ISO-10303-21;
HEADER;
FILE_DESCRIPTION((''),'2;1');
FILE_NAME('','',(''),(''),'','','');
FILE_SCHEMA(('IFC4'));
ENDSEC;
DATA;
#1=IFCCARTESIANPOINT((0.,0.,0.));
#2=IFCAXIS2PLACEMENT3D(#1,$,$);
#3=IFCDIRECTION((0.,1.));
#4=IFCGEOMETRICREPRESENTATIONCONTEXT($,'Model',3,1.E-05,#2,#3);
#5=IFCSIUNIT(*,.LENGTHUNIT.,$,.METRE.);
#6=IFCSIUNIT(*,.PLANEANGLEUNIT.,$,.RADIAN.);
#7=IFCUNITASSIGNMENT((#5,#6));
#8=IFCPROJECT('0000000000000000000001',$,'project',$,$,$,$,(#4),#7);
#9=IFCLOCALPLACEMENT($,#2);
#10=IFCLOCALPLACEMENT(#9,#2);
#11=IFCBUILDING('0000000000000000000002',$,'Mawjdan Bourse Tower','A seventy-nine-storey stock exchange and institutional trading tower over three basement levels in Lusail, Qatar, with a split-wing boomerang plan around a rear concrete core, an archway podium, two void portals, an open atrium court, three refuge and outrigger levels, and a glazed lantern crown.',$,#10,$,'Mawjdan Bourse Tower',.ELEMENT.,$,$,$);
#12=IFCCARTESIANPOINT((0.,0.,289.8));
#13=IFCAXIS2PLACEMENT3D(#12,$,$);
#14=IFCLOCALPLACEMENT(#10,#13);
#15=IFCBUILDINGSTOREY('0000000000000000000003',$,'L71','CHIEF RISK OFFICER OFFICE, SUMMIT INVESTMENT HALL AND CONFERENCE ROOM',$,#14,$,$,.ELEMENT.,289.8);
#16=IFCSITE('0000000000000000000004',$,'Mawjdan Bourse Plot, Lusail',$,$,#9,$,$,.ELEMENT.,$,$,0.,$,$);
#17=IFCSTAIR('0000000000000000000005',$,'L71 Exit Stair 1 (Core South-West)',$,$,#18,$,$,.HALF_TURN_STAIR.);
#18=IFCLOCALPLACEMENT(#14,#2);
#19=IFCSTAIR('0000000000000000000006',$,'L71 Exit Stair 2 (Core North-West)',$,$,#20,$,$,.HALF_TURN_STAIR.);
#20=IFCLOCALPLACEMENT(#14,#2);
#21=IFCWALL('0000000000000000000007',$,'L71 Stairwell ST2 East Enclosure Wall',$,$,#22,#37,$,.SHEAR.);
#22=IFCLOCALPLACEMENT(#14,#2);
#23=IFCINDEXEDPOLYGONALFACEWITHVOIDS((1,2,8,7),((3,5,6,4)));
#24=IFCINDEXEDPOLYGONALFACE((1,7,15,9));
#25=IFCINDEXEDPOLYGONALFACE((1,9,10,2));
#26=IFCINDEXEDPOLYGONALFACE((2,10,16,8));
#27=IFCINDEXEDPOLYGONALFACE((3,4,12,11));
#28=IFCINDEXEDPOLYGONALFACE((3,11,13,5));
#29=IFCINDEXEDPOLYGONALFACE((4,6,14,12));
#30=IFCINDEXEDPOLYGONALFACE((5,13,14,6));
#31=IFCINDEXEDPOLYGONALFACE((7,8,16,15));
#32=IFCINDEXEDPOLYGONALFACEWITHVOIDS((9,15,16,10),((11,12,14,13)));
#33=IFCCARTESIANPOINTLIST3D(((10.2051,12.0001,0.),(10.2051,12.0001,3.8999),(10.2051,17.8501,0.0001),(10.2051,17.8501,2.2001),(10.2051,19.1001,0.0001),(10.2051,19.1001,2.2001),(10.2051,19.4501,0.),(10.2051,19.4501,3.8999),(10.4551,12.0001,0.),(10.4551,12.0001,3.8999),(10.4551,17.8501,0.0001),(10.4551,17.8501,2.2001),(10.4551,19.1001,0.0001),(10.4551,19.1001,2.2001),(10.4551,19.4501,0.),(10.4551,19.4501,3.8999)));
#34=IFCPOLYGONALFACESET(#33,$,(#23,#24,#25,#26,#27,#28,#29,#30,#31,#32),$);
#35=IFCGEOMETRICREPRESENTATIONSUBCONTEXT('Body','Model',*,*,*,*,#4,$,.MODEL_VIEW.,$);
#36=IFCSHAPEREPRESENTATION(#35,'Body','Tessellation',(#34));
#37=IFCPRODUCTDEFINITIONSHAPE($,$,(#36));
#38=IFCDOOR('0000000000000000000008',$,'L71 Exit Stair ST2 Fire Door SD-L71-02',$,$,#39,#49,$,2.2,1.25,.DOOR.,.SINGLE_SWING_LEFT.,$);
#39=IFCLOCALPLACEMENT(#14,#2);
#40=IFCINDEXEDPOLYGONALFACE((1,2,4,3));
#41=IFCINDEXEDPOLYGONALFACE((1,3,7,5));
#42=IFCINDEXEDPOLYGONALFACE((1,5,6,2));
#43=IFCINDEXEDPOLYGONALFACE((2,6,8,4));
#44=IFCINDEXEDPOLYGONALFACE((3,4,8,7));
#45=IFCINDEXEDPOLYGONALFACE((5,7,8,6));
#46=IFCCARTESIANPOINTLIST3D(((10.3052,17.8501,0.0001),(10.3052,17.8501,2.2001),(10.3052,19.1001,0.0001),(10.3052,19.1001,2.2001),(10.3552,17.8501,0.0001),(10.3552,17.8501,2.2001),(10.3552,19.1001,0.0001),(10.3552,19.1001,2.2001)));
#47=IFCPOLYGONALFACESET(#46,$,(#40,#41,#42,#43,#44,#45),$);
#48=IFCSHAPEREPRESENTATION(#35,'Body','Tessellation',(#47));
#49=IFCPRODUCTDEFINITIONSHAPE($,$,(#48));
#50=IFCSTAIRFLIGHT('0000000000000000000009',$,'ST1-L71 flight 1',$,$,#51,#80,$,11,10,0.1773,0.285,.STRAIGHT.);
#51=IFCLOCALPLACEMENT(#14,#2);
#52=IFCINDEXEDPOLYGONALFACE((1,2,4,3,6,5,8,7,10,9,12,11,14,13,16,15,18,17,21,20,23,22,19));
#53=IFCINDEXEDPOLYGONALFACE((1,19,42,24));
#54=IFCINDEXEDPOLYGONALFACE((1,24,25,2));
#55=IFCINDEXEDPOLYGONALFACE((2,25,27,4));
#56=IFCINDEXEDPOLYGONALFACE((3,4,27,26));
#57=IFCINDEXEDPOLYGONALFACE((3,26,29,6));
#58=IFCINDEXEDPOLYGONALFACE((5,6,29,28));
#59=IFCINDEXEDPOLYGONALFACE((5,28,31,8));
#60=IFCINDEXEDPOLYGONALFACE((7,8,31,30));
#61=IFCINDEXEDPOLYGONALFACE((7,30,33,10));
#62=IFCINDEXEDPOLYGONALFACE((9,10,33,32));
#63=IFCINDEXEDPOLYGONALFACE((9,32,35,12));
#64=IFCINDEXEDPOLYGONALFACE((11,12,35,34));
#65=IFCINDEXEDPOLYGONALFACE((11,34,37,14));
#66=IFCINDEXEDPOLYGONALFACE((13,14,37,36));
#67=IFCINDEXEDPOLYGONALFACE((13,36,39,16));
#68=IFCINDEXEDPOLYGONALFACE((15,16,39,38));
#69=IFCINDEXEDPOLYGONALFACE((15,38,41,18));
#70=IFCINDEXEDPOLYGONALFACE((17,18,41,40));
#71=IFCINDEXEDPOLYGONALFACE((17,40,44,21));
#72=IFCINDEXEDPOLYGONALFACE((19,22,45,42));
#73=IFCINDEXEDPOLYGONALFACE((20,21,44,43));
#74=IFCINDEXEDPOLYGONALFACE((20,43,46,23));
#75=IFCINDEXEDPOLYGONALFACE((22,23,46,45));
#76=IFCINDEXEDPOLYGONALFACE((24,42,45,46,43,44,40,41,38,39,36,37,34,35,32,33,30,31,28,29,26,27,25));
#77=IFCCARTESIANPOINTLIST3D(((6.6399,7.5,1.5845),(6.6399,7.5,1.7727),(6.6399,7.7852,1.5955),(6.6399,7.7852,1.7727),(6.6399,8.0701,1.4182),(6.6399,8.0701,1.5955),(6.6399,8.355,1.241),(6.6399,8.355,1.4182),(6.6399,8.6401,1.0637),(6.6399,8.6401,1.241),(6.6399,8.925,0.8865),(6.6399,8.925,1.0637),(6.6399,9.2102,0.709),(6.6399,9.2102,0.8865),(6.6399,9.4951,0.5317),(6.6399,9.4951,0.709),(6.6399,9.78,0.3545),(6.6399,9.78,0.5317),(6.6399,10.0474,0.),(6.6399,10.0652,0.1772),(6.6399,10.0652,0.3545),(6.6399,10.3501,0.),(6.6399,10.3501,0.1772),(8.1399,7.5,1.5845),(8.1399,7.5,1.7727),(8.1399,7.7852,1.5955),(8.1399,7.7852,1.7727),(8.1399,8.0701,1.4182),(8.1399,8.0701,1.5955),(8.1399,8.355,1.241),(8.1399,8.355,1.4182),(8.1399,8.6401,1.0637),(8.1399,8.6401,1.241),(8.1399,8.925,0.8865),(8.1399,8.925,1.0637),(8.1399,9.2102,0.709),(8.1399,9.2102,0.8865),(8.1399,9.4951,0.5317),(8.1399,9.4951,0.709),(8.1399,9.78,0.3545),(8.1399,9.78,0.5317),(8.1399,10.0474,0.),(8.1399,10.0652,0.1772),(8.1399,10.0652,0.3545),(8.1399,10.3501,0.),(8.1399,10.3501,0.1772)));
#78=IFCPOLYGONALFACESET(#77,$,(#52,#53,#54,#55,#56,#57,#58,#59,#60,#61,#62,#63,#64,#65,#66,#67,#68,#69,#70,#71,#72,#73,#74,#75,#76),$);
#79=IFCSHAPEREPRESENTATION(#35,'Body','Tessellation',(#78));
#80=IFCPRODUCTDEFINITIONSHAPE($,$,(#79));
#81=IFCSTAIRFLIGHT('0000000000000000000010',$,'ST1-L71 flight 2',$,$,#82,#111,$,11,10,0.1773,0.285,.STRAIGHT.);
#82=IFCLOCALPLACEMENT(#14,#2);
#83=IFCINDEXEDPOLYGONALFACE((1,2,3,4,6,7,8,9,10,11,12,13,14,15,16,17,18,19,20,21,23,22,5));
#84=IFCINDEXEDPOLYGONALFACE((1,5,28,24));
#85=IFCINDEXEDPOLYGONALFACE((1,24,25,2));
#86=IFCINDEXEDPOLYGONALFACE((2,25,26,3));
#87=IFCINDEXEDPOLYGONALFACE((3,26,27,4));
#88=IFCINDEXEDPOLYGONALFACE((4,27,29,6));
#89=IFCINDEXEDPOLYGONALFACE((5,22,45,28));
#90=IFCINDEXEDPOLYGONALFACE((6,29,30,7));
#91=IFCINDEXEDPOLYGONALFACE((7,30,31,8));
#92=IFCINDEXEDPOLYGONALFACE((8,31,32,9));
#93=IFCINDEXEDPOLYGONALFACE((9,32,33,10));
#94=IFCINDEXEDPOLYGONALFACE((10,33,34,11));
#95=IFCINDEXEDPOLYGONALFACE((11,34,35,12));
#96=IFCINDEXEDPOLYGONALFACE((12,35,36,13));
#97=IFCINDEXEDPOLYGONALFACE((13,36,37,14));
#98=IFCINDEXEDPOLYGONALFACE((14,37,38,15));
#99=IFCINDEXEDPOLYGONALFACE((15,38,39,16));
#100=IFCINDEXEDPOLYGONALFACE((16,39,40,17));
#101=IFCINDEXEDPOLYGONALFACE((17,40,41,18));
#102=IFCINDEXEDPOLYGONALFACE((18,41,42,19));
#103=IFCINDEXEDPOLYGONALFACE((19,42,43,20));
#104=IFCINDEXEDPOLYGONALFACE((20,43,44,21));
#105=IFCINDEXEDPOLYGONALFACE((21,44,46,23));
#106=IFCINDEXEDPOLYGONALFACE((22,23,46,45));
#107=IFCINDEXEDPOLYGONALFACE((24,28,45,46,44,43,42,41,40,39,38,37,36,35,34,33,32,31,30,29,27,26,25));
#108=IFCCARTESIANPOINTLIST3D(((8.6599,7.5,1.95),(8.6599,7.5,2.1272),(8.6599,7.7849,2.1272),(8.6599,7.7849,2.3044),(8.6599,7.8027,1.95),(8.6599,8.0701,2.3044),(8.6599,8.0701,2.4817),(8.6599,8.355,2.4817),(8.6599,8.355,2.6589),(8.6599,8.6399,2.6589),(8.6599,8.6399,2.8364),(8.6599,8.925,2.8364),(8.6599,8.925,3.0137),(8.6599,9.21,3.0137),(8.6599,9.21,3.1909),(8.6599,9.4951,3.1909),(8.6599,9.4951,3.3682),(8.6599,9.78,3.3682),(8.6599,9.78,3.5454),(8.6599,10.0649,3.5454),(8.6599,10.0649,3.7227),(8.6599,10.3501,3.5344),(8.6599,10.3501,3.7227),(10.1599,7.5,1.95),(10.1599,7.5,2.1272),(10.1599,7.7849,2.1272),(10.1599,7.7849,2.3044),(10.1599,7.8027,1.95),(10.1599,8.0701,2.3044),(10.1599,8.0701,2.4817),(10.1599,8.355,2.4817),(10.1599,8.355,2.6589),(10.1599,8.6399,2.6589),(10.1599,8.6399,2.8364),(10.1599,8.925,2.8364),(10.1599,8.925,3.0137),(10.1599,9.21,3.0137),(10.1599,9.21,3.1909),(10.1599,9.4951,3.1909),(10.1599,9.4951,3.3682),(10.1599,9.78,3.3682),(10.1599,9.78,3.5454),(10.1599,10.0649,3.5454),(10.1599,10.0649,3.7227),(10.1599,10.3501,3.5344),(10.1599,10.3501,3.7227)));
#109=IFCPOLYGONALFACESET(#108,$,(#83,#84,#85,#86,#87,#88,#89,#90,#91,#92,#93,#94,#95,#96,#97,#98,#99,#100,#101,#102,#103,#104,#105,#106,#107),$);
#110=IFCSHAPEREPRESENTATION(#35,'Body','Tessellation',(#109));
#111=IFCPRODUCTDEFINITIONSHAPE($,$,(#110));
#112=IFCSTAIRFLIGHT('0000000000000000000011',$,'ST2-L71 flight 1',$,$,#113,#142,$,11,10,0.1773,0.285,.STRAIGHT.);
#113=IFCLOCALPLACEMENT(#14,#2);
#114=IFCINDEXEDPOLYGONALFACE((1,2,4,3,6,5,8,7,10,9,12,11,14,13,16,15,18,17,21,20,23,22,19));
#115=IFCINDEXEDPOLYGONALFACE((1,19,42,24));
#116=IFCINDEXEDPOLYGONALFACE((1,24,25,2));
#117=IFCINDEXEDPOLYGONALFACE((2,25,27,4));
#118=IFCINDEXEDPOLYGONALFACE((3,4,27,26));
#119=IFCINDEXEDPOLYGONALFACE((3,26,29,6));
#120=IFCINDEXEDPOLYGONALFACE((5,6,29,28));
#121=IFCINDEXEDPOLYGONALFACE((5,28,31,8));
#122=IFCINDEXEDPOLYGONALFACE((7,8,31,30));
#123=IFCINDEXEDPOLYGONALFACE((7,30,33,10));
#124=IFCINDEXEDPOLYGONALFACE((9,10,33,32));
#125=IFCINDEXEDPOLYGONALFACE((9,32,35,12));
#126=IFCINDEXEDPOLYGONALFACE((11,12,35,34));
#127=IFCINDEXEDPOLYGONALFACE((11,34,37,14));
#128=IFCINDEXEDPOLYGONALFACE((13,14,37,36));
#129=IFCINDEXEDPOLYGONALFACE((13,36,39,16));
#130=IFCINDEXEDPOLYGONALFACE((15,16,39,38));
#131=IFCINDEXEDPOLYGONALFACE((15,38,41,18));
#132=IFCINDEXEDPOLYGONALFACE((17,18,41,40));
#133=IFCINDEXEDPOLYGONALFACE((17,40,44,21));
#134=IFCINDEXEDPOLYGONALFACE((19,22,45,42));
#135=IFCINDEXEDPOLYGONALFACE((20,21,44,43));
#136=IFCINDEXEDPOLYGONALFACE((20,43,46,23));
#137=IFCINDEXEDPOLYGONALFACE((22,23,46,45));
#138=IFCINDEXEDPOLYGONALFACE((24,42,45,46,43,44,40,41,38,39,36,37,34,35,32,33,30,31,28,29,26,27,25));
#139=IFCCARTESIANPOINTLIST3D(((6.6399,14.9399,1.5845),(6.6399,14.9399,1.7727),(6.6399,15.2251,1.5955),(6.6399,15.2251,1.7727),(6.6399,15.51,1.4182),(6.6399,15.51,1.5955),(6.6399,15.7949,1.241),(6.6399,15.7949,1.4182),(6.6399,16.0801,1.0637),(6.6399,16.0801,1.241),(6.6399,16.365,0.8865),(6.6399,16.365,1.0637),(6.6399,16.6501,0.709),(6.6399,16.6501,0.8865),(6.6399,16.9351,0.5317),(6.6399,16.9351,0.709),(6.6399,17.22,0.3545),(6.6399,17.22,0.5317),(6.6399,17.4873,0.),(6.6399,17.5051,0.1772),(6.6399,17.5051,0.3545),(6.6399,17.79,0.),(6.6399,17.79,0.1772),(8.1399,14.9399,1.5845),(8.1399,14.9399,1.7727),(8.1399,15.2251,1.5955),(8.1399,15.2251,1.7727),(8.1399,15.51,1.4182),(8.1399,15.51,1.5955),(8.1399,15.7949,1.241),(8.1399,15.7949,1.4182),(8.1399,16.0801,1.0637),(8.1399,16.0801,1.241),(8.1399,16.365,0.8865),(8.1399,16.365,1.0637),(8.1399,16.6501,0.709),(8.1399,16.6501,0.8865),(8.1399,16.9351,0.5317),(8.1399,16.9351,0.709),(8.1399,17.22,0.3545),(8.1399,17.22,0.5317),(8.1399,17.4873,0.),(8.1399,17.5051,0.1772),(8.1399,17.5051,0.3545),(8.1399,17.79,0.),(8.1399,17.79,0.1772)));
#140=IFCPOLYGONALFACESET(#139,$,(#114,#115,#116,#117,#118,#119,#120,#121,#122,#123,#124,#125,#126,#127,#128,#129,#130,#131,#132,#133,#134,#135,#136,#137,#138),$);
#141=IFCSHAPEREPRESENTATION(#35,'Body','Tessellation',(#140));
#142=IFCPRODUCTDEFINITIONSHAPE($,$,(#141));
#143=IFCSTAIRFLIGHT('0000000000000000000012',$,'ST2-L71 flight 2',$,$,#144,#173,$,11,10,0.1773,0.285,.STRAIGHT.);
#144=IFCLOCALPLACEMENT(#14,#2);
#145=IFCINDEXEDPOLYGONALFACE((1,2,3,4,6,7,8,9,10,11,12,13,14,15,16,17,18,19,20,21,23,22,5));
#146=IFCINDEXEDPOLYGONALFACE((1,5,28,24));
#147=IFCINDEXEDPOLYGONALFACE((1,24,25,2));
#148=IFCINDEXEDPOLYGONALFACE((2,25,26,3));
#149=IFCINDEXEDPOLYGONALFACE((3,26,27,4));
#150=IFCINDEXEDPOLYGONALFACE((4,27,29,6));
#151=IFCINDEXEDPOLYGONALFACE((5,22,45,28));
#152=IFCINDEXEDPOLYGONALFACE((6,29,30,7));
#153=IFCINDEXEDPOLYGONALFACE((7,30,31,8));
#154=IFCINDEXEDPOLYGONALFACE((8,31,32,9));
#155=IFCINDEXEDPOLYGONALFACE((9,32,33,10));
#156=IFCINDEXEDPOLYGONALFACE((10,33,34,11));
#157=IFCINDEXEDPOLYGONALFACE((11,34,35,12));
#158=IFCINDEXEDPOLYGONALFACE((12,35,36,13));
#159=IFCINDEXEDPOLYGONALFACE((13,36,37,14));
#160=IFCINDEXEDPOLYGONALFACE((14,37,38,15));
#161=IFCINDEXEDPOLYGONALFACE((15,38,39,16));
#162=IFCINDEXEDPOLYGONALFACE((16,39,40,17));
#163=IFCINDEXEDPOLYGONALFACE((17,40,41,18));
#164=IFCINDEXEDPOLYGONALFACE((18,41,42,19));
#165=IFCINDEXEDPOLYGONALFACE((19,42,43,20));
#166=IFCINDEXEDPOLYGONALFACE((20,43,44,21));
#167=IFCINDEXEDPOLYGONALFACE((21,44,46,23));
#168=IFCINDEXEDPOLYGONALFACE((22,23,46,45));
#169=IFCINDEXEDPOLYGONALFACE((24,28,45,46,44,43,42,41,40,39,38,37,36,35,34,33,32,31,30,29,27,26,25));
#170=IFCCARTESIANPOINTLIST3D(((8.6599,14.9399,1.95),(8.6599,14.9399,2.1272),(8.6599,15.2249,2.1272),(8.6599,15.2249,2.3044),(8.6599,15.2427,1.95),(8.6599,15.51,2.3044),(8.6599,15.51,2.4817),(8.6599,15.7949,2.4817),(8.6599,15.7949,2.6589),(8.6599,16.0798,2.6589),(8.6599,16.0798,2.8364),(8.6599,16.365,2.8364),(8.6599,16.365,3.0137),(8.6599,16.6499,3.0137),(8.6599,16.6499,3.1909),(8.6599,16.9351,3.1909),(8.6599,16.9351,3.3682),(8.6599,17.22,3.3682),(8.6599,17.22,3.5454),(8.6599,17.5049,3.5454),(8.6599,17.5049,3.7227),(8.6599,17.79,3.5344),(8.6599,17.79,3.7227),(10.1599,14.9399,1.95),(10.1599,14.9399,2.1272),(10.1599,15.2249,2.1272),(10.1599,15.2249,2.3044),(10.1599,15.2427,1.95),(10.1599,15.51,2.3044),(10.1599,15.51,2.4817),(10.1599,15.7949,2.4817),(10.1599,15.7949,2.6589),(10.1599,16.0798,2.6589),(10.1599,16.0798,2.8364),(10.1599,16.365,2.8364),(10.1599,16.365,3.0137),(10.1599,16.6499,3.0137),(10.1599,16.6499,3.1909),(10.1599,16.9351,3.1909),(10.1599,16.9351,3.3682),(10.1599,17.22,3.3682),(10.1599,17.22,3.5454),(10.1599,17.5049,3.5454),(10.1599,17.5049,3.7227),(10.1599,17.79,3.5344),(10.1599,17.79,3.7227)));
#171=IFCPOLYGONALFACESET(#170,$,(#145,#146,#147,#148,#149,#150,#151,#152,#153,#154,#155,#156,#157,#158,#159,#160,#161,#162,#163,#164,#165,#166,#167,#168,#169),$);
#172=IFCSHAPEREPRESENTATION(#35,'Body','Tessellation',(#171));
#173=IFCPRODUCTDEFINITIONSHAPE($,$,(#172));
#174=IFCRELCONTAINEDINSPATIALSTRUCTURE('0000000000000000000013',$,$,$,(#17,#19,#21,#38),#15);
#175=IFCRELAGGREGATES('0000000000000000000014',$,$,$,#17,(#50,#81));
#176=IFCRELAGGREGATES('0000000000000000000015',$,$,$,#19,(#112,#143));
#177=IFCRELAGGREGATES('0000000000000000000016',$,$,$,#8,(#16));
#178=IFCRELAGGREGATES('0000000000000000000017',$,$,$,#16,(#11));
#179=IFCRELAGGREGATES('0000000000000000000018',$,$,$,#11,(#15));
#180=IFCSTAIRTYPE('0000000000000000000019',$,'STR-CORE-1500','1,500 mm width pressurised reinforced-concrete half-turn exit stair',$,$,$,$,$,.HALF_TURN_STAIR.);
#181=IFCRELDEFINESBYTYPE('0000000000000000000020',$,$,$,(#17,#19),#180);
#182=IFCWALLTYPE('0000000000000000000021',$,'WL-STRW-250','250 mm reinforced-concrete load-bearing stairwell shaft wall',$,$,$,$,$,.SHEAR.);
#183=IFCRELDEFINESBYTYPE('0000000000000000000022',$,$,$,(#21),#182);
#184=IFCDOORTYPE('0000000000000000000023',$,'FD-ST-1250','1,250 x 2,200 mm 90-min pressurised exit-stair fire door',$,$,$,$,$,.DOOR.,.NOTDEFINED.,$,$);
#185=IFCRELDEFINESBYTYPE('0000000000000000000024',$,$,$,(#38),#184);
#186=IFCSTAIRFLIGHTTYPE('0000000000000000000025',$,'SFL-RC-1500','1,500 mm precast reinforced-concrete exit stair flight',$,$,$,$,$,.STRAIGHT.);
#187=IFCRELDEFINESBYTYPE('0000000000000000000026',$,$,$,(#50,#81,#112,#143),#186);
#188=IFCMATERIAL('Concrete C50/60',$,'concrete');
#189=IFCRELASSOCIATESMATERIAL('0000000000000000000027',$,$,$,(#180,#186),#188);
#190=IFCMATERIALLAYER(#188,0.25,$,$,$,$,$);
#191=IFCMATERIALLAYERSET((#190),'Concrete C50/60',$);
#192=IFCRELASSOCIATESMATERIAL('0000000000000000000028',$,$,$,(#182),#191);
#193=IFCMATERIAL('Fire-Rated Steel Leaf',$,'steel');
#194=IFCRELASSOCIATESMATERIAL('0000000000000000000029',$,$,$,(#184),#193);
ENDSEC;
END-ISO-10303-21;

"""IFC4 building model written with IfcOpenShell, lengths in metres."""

from ifc_helpers import new_model, si_unit, direction, frame, frame_2d, origin, place, context, subcontext, project, spatial, polyline, rectangle, outline, extrude, material, layer, layer_set, type_object, element, fill, aggregate, save


model = new_model("IFC4")

# Units and contexts
model_context = context("Model", 3, precision=1e-05, world=origin(), true_north=direction((0.0, 1.0)))
body_context = subcontext(model_context, "Body", "Model", "MODEL_VIEW")
ifc_project = project(units=[si_unit("LENGTHUNIT", "METRE"), si_unit("PLANEANGLEUNIT", "RADIAN")], contexts=[model_context])

# Site, building, storey
site_placement = place(None, origin())
site = spatial("IfcSite", under=ifc_project, at=site_placement, Name="Mawjdan Bourse Plot, Lusail", CompositionType="ELEMENT", RefElevation=0.0)
building_placement = place(site_placement, origin())
building = spatial("IfcBuilding", under=site, at=building_placement, Name="Mawjdan Bourse Tower", Description="A seventy-nine-storey stock exchange and institutional trading tower over three basement levels in Lusail, Qatar, with a split-wing boomerang plan around a rear concrete core, an archway podium, two void portals, an open atrium court, three refuge and outrigger levels, and a glazed lantern crown.", LongName="Mawjdan Bourse Tower", CompositionType="ELEMENT")
storey_placement = place(building_placement, frame((0.0, 0.0, 289.8)))
storey = spatial("IfcBuildingStorey", under=building, at=storey_placement, Name="L71", Description="CHIEF RISK OFFICER OFFICE, SUMMIT INVESTMENT HALL AND CONFERENCE ROOM", CompositionType="ELEMENT", Elevation=289.8)

# Stairs
ifc_material_1 = material(Name="Concrete C50/60", Category="concrete")
stair_type = type_object("IfcStairType", Name="STR-CORE-1500", Description="1,500 mm width pressurised reinforced-concrete half-turn exit stair", PredefinedType="HALF_TURN_STAIR", material=ifc_material_1)
stair_1_placement = place(storey_placement, origin())
stair_1 = element("IfcStair", 1, at=stair_1_placement, inside=storey, type_object=stair_type, Name="L71 Exit Stair 1 (Core South-West)", PredefinedType="HALF_TURN_STAIR")
stair_2_placement = place(storey_placement, origin())
stair_2 = element("IfcStair", 2, at=stair_2_placement, inside=storey, type_object=stair_type, Name="L71 Exit Stair 2 (Core North-West)", PredefinedType="HALF_TURN_STAIR")

# Shared definitions
ifc_layer_1 = layer(ifc_material_1, 0.25)
ifc_layer_set_1 = layer_set([ifc_layer_1], Name="Concrete C50/60")
wall_type_1 = type_object("IfcWallType", Name="WL-STRW-250", Description="250 mm reinforced-concrete load-bearing stairwell shaft wall", PredefinedType="SHEAR", material=ifc_layer_set_1)

# Wall, opening, door
ifc_material_2 = material(Name="Fire-Rated Steel Leaf", Category="steel")
door_type_1 = type_object("IfcDoorType", Name="FD-ST-1250", Description="1,250 x 2,200 mm 90-min pressurised exit-stair fire door", OperationType="NOTDEFINED", PredefinedType="DOOR", material=ifc_material_2)
wall_1_placement = place(storey_placement, frame((10.3301, 12.0, 0.0), z_axis=(0.0, 0.0, 1.0), x_axis=(0.0, 1.0, 0.0)))
wall_1 = element("IfcWall", 3, at=wall_1_placement, inside=storey, type_object=wall_type_1, Name="L71 Stairwell ST2 East Enclosure Wall", PredefinedType="SHEAR", context=body_context, shape_type="SweptSolid", body=[
    extrude(rectangle(XDim=7.45, YDim=0.25, at=frame_2d((3.7251, 0.0))), origin(), (0.0, 0.0, 1.0), 3.8999),
])
opening_1_placement = place(wall_1_placement, frame((5.8501, 0.0, 0.0)))
opening_1 = element("IfcOpeningElement", 4, at=opening_1_placement, cuts=wall_1, PredefinedType="OPENING", context=body_context, shape_type="SweptSolid", body=[
    extrude(rectangle(XDim=1.25, YDim=2.2, at=frame_2d((0.625, 1.1001))), frame((0.0, 0.135, 0.0), z_axis=(0.0, -1.0, 0.0), x_axis=(1.0, 0.0, 0.0)), (0.0, 0.0, 1.0), 0.27),
])
door_1_placement = place(opening_1_placement, origin())
door_1 = element("IfcDoor", 5, at=door_1_placement, inside=storey, type_object=door_type_1, Name="L71 Exit Stair ST2 Fire Door SD-L71-02", OperationType="SINGLE_SWING_LEFT", OverallHeight=2.2, OverallWidth=1.25, PredefinedType="DOOR", context=body_context, shape_type="SweptSolid", body=[
    extrude(rectangle(XDim=1.25, YDim=2.2, at=frame_2d((0.625, 1.1001))), frame((0.0, 0.0249, 0.0), z_axis=(0.0, -1.0, 0.0), x_axis=(1.0, 0.0, 0.0)), (0.0, 0.0, 1.0), 0.05),
])
fill(opening_1, door_1)

# Stair flights
stair_flight_type = type_object("IfcStairFlightType", Name="SFL-RC-1500", Description="1,500 mm precast reinforced-concrete exit stair flight", PredefinedType="STRAIGHT", material=ifc_material_1)
stair_flight_1_placement = place(storey_placement, frame((7.3899, 10.3501, 0.0), z_axis=(0.0, 0.0, 1.0), x_axis=(0.0, -1.0, 0.0)))
stair_flight_1 = element("IfcStairFlight", 6, at=stair_flight_1_placement, type_object=stair_flight_type, Name="ST1-L71 flight 1", NumberOfRisers=11, NumberOfTreads=10, PredefinedType="STRAIGHT", RiserHeight=0.1773, TreadLength=0.285, context=body_context, shape_type="SweptSolid", body=[
    extrude(outline(polyline([(0.0, 0.0), (0.0, 0.1772), (0.2849, 0.1772), (0.2849, 0.3545), (0.5701, 0.3545), (0.5701, 0.5317), (0.855, 0.5317), (0.855, 0.709), (1.1399, 0.709), (1.1399, 0.8865), (1.425, 0.8865), (1.425, 1.0637), (1.71, 1.0637), (1.71, 1.241), (1.9951, 1.241), (1.9951, 1.4182), (2.28, 1.4182), (2.28, 1.5955), (2.5649, 1.5955), (2.5649, 1.7727), (2.8501, 1.7727), (2.8501, 1.95), (2.8501, 1.5845), (0.3027, 0.0), (0.0, 0.0)])), frame((0.0, 0.75, 0.0), z_axis=(0.0, -1.0, 0.0), x_axis=(1.0, 0.0, 0.0)), (0.0, 0.0, 1.0), 1.5),
])
stair_flight_2_placement = place(storey_placement, frame((9.4099, 7.5, 1.95), z_axis=(0.0, 0.0, 1.0), x_axis=(0.0, 1.0, 0.0)))
stair_flight_2 = element("IfcStairFlight", 7, at=stair_flight_2_placement, type_object=stair_flight_type, Name="ST1-L71 flight 2", NumberOfRisers=11, NumberOfTreads=10, PredefinedType="STRAIGHT", RiserHeight=0.1773, TreadLength=0.285, context=body_context, shape_type="SweptSolid", body=[
    extrude(outline(polyline([(0.0, 0.0), (0.0, 0.1772), (0.2849, 0.1772), (0.2849, 0.3545), (0.5701, 0.3545), (0.5701, 0.5317), (0.855, 0.5317), (0.855, 0.709), (1.1399, 0.709), (1.1399, 0.8865), (1.425, 0.8865), (1.425, 1.0637), (1.71, 1.0637), (1.71, 1.241), (1.9951, 1.241), (1.9951, 1.4182), (2.28, 1.4182), (2.28, 1.5955), (2.5649, 1.5955), (2.5649, 1.7727), (2.8501, 1.7727), (2.8501, 1.95), (2.8501, 1.5845), (0.3027, 0.0), (0.0, 0.0)])), frame((0.0, 0.75, 0.0), z_axis=(0.0, -1.0, 0.0), x_axis=(1.0, 0.0, 0.0)), (0.0, 0.0, 1.0), 1.5),
])
aggregate(stair_1, [stair_flight_1, stair_flight_2])
stair_flight_3_placement = place(storey_placement, frame((7.3899, 17.79, 0.0), z_axis=(0.0, 0.0, 1.0), x_axis=(0.0, -1.0, 0.0)))
stair_flight_3 = element("IfcStairFlight", 8, at=stair_flight_3_placement, type_object=stair_flight_type, Name="ST2-L71 flight 1", NumberOfRisers=11, NumberOfTreads=10, PredefinedType="STRAIGHT", RiserHeight=0.1773, TreadLength=0.285, context=body_context, shape_type="SweptSolid", body=[
    extrude(outline(polyline([(0.0, 0.0), (0.0, 0.1772), (0.2849, 0.1772), (0.2849, 0.3545), (0.5701, 0.3545), (0.5701, 0.5317), (0.855, 0.5317), (0.855, 0.709), (1.1399, 0.709), (1.1399, 0.8865), (1.425, 0.8865), (1.425, 1.0637), (1.71, 1.0637), (1.71, 1.241), (1.9951, 1.241), (1.9951, 1.4182), (2.28, 1.4182), (2.28, 1.5955), (2.5649, 1.5955), (2.5649, 1.7727), (2.8501, 1.7727), (2.8501, 1.95), (2.8501, 1.5845), (0.3027, 0.0), (0.0, 0.0)])), frame((0.0, 0.75, 0.0), z_axis=(0.0, -1.0, 0.0), x_axis=(1.0, 0.0, 0.0)), (0.0, 0.0, 1.0), 1.5),
])
stair_flight_4_placement = place(storey_placement, frame((9.4099, 14.9399, 1.95), z_axis=(0.0, 0.0, 1.0), x_axis=(0.0, 1.0, 0.0)))
stair_flight_4 = element("IfcStairFlight", 9, at=stair_flight_4_placement, type_object=stair_flight_type, Name="ST2-L71 flight 2", NumberOfRisers=11, NumberOfTreads=10, PredefinedType="STRAIGHT", RiserHeight=0.1773, TreadLength=0.285, context=body_context, shape_type="SweptSolid", body=[
    extrude(outline(polyline([(0.0, 0.0), (0.0, 0.1772), (0.2849, 0.1772), (0.2849, 0.3545), (0.5701, 0.3545), (0.5701, 0.5317), (0.855, 0.5317), (0.855, 0.709), (1.1399, 0.709), (1.1399, 0.8865), (1.425, 0.8865), (1.425, 1.0637), (1.71, 1.0637), (1.71, 1.241), (1.9951, 1.241), (1.9951, 1.4182), (2.28, 1.4182), (2.28, 1.5955), (2.5649, 1.5955), (2.5649, 1.7727), (2.8501, 1.7727), (2.8501, 1.95), (2.8501, 1.5845), (0.3027, 0.0), (0.0, 0.0)])), frame((0.0, 0.75, 0.0), z_axis=(0.0, -1.0, 0.0), x_axis=(1.0, 0.0, 0.0)), (0.0, 0.0, 1.0), 1.5),
])
aggregate(stair_2, [stair_flight_3, stair_flight_4])

save(model, "model.ifc")
